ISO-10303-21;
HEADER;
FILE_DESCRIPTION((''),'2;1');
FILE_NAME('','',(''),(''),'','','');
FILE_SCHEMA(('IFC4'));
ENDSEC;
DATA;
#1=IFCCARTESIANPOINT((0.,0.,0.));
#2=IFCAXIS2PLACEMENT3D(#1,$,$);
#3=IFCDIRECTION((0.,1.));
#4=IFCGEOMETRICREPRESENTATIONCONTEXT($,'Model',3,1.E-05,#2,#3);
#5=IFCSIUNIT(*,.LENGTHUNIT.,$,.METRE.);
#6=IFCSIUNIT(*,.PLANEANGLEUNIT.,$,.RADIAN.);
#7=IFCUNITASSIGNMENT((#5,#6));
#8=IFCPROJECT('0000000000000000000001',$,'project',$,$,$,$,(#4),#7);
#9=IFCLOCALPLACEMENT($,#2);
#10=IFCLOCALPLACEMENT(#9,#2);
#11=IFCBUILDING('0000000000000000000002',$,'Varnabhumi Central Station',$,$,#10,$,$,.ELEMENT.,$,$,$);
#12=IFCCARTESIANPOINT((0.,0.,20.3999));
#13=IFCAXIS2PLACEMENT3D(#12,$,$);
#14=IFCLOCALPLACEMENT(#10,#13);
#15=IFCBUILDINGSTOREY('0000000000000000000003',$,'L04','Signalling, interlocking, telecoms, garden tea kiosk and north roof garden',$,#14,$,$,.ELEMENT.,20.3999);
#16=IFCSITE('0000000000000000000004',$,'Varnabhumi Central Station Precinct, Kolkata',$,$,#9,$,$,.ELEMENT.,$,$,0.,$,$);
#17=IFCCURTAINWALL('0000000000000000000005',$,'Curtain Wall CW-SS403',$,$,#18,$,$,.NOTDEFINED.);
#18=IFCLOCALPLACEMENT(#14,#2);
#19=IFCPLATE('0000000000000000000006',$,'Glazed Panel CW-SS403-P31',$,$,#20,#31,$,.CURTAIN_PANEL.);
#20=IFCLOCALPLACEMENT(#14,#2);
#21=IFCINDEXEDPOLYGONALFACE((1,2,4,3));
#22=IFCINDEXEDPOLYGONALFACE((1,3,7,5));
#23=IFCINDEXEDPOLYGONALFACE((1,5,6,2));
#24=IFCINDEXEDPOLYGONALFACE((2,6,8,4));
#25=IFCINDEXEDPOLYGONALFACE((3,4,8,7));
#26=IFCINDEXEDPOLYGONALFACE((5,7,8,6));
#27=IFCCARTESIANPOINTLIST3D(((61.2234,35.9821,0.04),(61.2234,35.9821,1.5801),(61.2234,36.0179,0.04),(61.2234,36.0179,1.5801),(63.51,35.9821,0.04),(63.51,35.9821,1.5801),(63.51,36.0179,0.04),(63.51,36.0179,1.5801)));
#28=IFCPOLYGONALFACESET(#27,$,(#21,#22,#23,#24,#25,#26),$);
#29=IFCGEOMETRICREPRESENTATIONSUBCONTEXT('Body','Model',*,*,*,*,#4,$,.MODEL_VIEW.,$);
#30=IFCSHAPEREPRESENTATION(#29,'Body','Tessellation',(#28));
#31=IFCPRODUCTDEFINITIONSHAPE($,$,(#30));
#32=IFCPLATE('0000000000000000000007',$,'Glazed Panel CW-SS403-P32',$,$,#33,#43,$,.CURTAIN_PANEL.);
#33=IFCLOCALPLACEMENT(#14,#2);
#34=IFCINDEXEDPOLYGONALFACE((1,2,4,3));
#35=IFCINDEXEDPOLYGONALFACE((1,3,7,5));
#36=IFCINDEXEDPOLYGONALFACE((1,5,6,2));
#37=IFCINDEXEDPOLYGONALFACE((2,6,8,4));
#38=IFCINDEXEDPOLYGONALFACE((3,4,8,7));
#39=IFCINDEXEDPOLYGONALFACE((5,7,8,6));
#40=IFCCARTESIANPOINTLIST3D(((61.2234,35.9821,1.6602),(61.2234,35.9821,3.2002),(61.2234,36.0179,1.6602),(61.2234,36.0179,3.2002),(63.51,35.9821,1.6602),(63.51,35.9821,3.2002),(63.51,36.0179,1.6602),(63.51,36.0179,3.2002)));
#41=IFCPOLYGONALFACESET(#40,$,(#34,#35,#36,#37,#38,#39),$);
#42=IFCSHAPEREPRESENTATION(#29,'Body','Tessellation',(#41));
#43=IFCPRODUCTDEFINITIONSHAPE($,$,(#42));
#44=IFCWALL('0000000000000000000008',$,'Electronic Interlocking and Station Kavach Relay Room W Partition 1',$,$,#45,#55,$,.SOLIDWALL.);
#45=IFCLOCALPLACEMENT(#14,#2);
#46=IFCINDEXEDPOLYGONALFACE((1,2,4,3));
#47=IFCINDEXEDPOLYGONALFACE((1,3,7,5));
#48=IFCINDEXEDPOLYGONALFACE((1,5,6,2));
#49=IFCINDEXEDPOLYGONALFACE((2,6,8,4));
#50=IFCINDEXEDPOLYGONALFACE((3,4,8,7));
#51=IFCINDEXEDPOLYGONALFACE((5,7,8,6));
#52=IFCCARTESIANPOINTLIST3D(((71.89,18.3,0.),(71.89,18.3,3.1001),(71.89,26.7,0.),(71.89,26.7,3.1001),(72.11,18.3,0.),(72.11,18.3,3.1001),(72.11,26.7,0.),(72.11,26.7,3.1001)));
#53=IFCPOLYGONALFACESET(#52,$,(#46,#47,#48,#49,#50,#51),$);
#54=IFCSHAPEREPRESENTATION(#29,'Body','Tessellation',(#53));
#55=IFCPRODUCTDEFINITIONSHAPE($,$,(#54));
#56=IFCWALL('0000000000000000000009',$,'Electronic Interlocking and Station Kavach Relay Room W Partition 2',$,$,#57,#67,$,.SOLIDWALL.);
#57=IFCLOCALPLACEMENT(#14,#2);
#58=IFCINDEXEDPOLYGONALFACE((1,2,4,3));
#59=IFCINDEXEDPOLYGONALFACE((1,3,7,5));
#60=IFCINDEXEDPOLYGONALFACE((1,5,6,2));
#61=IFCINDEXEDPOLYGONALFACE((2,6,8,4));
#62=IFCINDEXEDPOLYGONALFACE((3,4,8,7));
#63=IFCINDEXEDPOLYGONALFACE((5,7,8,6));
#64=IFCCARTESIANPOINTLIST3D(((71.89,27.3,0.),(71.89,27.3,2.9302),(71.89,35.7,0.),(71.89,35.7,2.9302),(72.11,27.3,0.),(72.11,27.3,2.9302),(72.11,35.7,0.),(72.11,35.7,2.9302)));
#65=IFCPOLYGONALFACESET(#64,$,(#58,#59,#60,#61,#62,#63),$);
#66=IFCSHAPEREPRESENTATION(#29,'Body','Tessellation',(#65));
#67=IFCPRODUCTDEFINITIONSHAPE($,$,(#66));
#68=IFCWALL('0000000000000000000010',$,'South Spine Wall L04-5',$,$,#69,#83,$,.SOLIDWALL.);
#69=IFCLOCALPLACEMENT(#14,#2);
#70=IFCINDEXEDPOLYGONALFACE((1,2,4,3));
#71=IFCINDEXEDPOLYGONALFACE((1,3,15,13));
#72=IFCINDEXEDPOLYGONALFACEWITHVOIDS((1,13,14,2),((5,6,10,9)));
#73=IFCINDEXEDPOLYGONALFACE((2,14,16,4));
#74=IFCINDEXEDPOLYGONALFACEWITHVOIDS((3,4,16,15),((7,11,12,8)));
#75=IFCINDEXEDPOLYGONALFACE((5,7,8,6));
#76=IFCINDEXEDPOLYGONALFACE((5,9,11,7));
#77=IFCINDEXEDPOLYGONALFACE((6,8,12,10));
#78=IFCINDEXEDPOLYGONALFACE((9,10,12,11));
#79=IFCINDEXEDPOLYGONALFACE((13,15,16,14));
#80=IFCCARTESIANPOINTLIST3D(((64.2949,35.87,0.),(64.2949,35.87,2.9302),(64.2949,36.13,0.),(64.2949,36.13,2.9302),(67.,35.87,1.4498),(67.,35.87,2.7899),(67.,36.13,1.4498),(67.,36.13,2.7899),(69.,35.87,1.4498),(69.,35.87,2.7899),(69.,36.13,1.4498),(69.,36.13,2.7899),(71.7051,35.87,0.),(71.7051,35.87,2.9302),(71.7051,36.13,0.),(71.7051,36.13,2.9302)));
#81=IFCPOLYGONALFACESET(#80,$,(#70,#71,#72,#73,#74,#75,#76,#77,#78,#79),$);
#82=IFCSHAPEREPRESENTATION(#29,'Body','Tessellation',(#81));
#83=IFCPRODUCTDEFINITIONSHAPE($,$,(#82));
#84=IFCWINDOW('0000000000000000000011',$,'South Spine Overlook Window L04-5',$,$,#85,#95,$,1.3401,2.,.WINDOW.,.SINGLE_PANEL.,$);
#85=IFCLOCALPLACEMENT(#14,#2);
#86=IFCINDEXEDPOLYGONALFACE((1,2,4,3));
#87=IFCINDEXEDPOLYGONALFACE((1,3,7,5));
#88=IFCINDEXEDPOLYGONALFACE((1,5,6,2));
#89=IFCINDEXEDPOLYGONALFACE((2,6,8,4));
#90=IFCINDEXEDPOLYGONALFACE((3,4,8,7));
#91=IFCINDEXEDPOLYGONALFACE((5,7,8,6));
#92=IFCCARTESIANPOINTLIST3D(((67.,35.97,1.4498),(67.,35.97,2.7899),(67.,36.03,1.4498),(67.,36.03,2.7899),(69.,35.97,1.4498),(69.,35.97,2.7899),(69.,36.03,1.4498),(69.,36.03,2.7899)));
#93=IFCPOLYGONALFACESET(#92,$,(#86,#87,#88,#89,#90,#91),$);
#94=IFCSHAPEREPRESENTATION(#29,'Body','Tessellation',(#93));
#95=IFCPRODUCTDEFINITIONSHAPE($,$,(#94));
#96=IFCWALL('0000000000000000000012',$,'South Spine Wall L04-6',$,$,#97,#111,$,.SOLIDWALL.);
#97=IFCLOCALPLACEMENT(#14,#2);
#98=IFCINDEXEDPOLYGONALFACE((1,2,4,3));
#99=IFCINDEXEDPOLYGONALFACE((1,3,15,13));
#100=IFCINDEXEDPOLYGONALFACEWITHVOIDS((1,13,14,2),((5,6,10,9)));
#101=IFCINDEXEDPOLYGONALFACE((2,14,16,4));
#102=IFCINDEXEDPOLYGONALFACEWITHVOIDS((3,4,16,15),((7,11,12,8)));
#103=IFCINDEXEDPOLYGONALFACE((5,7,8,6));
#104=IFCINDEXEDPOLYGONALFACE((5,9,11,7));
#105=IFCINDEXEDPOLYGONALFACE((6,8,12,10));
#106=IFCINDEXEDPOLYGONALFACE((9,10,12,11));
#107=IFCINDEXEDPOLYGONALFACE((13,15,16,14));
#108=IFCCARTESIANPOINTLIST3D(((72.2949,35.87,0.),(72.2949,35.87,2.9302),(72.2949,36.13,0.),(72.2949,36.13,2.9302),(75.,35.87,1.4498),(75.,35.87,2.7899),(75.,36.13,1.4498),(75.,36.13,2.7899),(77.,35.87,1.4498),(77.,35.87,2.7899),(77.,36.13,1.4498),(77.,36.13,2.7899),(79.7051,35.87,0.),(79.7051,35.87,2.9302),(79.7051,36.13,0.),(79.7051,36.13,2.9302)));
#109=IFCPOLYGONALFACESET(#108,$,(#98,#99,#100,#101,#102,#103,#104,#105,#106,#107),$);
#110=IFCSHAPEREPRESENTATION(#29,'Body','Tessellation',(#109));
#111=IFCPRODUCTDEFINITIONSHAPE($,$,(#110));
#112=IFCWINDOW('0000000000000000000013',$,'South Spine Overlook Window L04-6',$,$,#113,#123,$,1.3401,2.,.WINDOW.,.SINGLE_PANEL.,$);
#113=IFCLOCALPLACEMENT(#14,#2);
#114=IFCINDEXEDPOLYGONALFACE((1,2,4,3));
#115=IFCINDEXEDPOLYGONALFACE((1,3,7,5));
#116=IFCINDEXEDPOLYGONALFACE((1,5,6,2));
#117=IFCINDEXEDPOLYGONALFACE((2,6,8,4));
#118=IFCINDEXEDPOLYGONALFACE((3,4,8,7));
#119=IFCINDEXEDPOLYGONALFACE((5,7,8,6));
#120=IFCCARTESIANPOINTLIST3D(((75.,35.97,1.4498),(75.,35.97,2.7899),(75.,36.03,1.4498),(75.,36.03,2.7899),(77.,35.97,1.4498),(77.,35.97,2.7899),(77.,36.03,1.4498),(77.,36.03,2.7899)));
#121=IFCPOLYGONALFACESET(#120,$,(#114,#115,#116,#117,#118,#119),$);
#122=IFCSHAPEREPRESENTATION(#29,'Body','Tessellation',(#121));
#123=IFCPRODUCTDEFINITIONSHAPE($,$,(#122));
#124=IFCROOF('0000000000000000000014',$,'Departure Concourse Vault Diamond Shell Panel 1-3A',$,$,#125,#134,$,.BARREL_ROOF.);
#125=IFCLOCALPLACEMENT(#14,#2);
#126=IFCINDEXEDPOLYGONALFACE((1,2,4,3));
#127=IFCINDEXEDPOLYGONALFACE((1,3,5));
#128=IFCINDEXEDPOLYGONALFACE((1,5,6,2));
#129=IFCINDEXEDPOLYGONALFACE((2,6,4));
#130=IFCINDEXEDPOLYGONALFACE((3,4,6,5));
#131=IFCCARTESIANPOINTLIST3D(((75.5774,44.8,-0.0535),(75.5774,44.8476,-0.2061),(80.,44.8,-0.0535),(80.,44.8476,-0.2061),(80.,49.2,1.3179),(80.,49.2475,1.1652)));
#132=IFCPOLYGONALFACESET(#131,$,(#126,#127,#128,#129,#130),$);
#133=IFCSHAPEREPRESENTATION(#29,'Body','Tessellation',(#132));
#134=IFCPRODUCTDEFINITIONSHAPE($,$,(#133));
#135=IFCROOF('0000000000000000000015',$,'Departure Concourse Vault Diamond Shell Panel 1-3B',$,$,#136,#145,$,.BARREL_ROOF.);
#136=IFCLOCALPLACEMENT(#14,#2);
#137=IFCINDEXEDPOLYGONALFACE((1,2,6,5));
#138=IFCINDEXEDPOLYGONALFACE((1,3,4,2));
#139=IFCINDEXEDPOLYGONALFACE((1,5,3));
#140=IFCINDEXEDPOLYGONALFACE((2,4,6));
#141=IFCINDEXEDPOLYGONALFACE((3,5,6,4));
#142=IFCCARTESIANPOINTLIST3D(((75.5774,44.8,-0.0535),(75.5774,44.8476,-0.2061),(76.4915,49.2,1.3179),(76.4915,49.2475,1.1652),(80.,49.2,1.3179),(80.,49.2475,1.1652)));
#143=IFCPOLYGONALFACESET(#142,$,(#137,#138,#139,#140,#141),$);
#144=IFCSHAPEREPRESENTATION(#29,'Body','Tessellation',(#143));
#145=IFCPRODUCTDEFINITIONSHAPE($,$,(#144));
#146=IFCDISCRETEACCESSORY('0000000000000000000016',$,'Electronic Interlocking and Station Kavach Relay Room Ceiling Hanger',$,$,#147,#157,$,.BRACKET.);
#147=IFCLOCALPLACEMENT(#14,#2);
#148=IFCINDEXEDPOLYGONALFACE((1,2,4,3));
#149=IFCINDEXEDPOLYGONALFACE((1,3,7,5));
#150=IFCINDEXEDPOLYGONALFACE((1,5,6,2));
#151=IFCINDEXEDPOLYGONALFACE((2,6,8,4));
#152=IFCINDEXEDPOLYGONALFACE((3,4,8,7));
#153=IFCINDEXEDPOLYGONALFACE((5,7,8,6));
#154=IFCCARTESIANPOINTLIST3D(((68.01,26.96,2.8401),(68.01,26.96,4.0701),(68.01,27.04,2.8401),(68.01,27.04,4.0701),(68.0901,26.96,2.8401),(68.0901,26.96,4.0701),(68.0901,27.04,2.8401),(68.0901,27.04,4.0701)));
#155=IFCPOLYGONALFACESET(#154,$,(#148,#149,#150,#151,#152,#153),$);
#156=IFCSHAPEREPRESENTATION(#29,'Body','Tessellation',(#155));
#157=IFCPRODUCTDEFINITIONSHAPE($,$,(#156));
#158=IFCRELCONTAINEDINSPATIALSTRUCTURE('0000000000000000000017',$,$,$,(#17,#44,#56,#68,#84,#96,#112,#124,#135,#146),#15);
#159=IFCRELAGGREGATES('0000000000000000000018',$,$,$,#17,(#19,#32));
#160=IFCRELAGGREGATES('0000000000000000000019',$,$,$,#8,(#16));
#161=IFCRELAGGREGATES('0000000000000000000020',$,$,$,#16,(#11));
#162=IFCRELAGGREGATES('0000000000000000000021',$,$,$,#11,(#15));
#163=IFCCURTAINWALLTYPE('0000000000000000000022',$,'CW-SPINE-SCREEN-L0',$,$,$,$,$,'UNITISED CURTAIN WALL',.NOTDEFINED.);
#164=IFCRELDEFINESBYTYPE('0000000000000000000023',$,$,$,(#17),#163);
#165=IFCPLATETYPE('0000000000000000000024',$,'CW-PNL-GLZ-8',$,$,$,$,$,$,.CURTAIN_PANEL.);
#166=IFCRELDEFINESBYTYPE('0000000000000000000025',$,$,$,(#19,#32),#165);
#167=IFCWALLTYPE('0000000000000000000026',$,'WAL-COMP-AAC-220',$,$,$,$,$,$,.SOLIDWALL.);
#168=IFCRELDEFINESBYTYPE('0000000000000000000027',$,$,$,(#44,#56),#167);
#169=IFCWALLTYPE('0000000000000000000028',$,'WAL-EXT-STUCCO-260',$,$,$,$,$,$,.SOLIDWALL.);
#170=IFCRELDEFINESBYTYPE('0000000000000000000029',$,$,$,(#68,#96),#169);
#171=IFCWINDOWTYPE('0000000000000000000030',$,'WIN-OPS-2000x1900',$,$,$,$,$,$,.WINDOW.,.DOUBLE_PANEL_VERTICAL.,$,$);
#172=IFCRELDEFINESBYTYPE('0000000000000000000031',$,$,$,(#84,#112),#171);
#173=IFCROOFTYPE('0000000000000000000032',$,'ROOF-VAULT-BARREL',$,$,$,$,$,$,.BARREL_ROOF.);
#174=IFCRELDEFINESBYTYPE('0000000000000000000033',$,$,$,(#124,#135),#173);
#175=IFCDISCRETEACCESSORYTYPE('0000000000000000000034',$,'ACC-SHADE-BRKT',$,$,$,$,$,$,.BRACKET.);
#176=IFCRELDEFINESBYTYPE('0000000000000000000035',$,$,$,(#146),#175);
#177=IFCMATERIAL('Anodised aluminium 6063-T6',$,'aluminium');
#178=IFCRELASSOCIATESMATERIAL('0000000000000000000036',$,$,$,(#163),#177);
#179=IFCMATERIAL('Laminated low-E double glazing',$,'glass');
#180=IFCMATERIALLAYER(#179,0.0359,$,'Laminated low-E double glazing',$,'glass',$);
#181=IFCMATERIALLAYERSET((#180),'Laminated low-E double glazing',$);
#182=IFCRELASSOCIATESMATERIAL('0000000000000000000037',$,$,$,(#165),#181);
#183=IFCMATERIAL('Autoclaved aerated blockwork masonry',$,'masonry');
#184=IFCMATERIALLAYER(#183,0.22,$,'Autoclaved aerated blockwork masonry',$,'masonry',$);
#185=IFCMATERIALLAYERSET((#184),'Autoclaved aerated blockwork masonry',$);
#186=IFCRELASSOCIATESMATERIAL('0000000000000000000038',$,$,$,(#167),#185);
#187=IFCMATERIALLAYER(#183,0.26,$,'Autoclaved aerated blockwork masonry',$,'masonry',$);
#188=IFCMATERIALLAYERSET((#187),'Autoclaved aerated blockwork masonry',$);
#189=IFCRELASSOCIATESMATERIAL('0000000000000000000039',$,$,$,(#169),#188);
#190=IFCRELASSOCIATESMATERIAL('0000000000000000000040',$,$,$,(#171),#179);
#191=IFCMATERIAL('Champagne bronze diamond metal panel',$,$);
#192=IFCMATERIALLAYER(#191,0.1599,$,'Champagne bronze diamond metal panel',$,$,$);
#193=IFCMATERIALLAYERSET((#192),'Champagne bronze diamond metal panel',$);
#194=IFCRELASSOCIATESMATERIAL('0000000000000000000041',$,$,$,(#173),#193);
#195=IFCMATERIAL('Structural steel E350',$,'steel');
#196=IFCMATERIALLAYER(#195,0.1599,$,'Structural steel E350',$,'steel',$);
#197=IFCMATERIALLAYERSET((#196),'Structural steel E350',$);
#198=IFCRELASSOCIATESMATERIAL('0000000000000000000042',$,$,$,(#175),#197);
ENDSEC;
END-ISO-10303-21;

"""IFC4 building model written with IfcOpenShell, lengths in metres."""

from ifc_helpers import new_model, si_unit, direction, frame, frame_2d, origin, origin_2d, place, context, subcontext, project, spatial, polyline, rectangle, outline, extrude, material, layer, layer_set, type_object, element, fill, aggregate, save


model = new_model("IFC4")

# Units and contexts
model_context = context("Model", 3, precision=1e-05, world=origin(), true_north=direction((0.0, 1.0)))
body_context = subcontext(model_context, "Body", "Model", "MODEL_VIEW")
ifc_project = project(units=[si_unit("LENGTHUNIT", "METRE"), si_unit("PLANEANGLEUNIT", "RADIAN")], contexts=[model_context])

# Site, building, storey
site_placement = place(None, origin())
site = spatial("IfcSite", under=ifc_project, at=site_placement, Name="Varnabhumi Central Station Precinct, Kolkata", CompositionType="ELEMENT", RefElevation=0.0)
building_placement = place(site_placement, origin())
building = spatial("IfcBuilding", under=site, at=building_placement, Name="Varnabhumi Central Station", CompositionType="ELEMENT")
storey_placement = place(building_placement, frame((0.0, 0.0, 20.3999)))
storey = spatial("IfcBuildingStorey", under=building, at=storey_placement, Name="L04", Description="Signalling, interlocking, telecoms, garden tea kiosk and north roof garden", CompositionType="ELEMENT", Elevation=20.3999)

# Shared definitions
ifc_material_1 = material(Name="Structural steel E350", Category="steel")

# Curtain wall, plates
ifc_material_2 = material(Name="Anodised aluminium 6063-T6", Category="aluminium")
curtain_wall_type = type_object("IfcCurtainWallType", Name="CW-SPINE-SCREEN-L0", ElementType="UNITISED CURTAIN WALL", PredefinedType="NOTDEFINED", material=ifc_material_2)
curtain_wall_placement = place(storey_placement, origin())
curtain_wall = element("IfcCurtainWall", 1, at=curtain_wall_placement, inside=storey, type_object=curtain_wall_type, Name="Curtain Wall CW-SS403", PredefinedType="NOTDEFINED")
ifc_material_3 = material(Name="Laminated low-E double glazing", Category="glass")
ifc_layer_1 = layer(ifc_material_3, 0.0359, Name="Laminated low-E double glazing", Category="glass")
ifc_layer_set_1 = layer_set([ifc_layer_1], Name="Laminated low-E double glazing")
plate_type = type_object("IfcPlateType", Name="CW-PNL-GLZ-8", PredefinedType="CURTAIN_PANEL", material=ifc_layer_set_1)
plate_1_placement = place(storey_placement, frame((62.3667, 36.0, 0.04), z_axis=(0.0, 0.0, 1.0), x_axis=(1.0, 0.0, 0.0)))
plate_1 = element("IfcPlate", 2, at=plate_1_placement, type_object=plate_type, Name="Glazed Panel CW-SS403-P31", PredefinedType="CURTAIN_PANEL", context=body_context, shape_type="SweptSolid", body=[
    extrude(rectangle(XDim=2.2866, YDim=0.0359, at=origin_2d()), origin(), (0.0, 0.0, 1.0), 1.54),
])
plate_2_placement = place(storey_placement, frame((62.3667, 36.0, 1.6602), z_axis=(0.0, 0.0, 1.0), x_axis=(1.0, 0.0, 0.0)))
plate_2 = element("IfcPlate", 3, at=plate_2_placement, type_object=plate_type, Name="Glazed Panel CW-SS403-P32", PredefinedType="CURTAIN_PANEL", context=body_context, shape_type="SweptSolid", body=[
    extrude(rectangle(XDim=2.2866, YDim=0.0359, at=origin_2d()), origin(), (0.0, 0.0, 1.0), 1.54),
])
aggregate(curtain_wall, [plate_1, plate_2])

# Walls
ifc_material_4 = material(Name="Autoclaved aerated blockwork masonry", Category="masonry")
ifc_layer_2 = layer(ifc_material_4, 0.22, Name="Autoclaved aerated blockwork masonry", Category="masonry")
ifc_layer_set_2 = layer_set([ifc_layer_2], Name="Autoclaved aerated blockwork masonry")
wall_type_1 = type_object("IfcWallType", Name="WAL-COMP-AAC-220", PredefinedType="SOLIDWALL", material=ifc_layer_set_2)
wall_1_placement = place(storey_placement, frame((72.0, 18.3, 0.0), z_axis=(0.0, 0.0, 1.0), x_axis=(0.0, 1.0, 0.0)))
element("IfcWall", 4, at=wall_1_placement, inside=storey, type_object=wall_type_1, Name="Electronic Interlocking and Station Kavach Relay Room W Partition 1", PredefinedType="SOLIDWALL", context=body_context, shape_type="SweptSolid", body=[
    extrude(rectangle(XDim=8.3999, YDim=0.22, at=frame_2d((4.2, 0.0))), origin(), (0.0, 0.0, 1.0), 3.1001),
])
wall_2_placement = place(storey_placement, frame((72.0, 27.3, 0.0), z_axis=(0.0, 0.0, 1.0), x_axis=(0.0, 1.0, 0.0)))
element("IfcWall", 5, at=wall_2_placement, inside=storey, type_object=wall_type_1, Name="Electronic Interlocking and Station Kavach Relay Room W Partition 2", PredefinedType="SOLIDWALL", context=body_context, shape_type="SweptSolid", body=[
    extrude(rectangle(XDim=8.3999, YDim=0.22, at=frame_2d((4.2, 0.0))), origin(), (0.0, 0.0, 1.0), 2.9302),
])

# Walls, openings, windows
ifc_layer_3 = layer(ifc_material_4, 0.26, Name="Autoclaved aerated blockwork masonry", Category="masonry")
ifc_layer_set_3 = layer_set([ifc_layer_3], Name="Autoclaved aerated blockwork masonry")
wall_type_2 = type_object("IfcWallType", Name="WAL-EXT-STUCCO-260", PredefinedType="SOLIDWALL", material=ifc_layer_set_3)
wall_3_placement = place(storey_placement, frame((64.2949, 36.0, 0.0), z_axis=(0.0, 0.0, 1.0), x_axis=(1.0, 0.0, 0.0)))
wall_3 = element("IfcWall", 6, at=wall_3_placement, inside=storey, type_object=wall_type_2, Name="South Spine Wall L04-5", PredefinedType="SOLIDWALL", context=body_context, shape_type="SweptSolid", body=[
    extrude(rectangle(XDim=7.4102, YDim=0.26, at=frame_2d((3.7051, 0.0))), origin(), (0.0, 0.0, 1.0), 2.9302),
])
opening_1_placement = place(wall_3_placement, frame((2.7051, 0.0, 1.45)))
opening_1 = element("IfcOpeningElement", 7, at=opening_1_placement, cuts=wall_3, PredefinedType="OPENING", context=body_context, shape_type="SweptSolid", body=[
    extrude(rectangle(XDim=2.0, YDim=1.3401, at=frame_2d((1.0, 0.6699))), frame((0.0, 0.1399, 0.0), z_axis=(0.0, -1.0, 0.0), x_axis=(1.0, 0.0, 0.0)), (0.0, 0.0, 1.0), 0.28),
])
window_type = type_object("IfcWindowType", Name="WIN-OPS-2000x1900", PartitioningType="DOUBLE_PANEL_VERTICAL", PredefinedType="WINDOW", material=ifc_material_3)
window_1_placement = place(opening_1_placement, origin())
window_1 = element("IfcWindow", 8, at=window_1_placement, inside=storey, type_object=window_type, Name="South Spine Overlook Window L04-5", OverallHeight=1.3401, OverallWidth=2.0, PartitioningType="SINGLE_PANEL", PredefinedType="WINDOW", context=body_context, shape_type="SweptSolid", body=[
    extrude(rectangle(XDim=2.0, YDim=1.3401, at=frame_2d((1.0, 0.6699))), frame((0.0, 0.03, 0.0), z_axis=(0.0, -1.0, 0.0), x_axis=(1.0, 0.0, 0.0)), (0.0, 0.0, 1.0), 0.0601),
])
fill(opening_1, window_1)
wall_4_placement = place(storey_placement, frame((72.2949, 36.0, 0.0), z_axis=(0.0, 0.0, 1.0), x_axis=(1.0, 0.0, 0.0)))
wall_4 = element("IfcWall", 9, at=wall_4_placement, inside=storey, type_object=wall_type_2, Name="South Spine Wall L04-6", PredefinedType="SOLIDWALL", context=body_context, shape_type="SweptSolid", body=[
    extrude(rectangle(XDim=7.4102, YDim=0.26, at=frame_2d((3.7051, 0.0))), origin(), (0.0, 0.0, 1.0), 2.9302),
])
opening_2_placement = place(wall_4_placement, frame((2.7051, 0.0, 1.45)))
opening_2 = element("IfcOpeningElement", 10, at=opening_2_placement, cuts=wall_4, PredefinedType="OPENING", context=body_context, shape_type="SweptSolid", body=[
    extrude(rectangle(XDim=2.0, YDim=1.3401, at=frame_2d((1.0, 0.6699))), frame((0.0, 0.1399, 0.0), z_axis=(0.0, -1.0, 0.0), x_axis=(1.0, 0.0, 0.0)), (0.0, 0.0, 1.0), 0.28),
])
window_2_placement = place(opening_2_placement, origin())
window_2 = element("IfcWindow", 11, at=window_2_placement, inside=storey, type_object=window_type, Name="South Spine Overlook Window L04-6", OverallHeight=1.3401, OverallWidth=2.0, PartitioningType="SINGLE_PANEL", PredefinedType="WINDOW", context=body_context, shape_type="SweptSolid", body=[
    extrude(rectangle(XDim=2.0, YDim=1.3401, at=frame_2d((1.0, 0.6699))), frame((0.0, 0.03, 0.0), z_axis=(0.0, -1.0, 0.0), x_axis=(1.0, 0.0, 0.0)), (0.0, 0.0, 1.0), 0.0601),
])
fill(opening_2, window_2)

# Roofs
ifc_material_5 = material(Name="Champagne bronze diamond metal panel")
ifc_layer_4 = layer(ifc_material_5, 0.1599, Name="Champagne bronze diamond metal panel")
ifc_layer_set_4 = layer_set([ifc_layer_4], Name="Champagne bronze diamond metal panel")
roof_type = type_object("IfcRoofType", Name="ROOF-VAULT-BARREL", PredefinedType="BARREL_ROOF", material=ifc_layer_set_4)
roof_1_placement = place(storey_placement, frame((75.5774, 44.8, -0.0535), z_axis=(0.0, -0.297557, 0.954704), x_axis=(1.0, 0.0, 0.0)))
element("IfcRoof", 12, at=roof_1_placement, inside=storey, type_object=roof_type, Name="Departure Concourse Vault Diamond Shell Panel 1-3A", PredefinedType="BARREL_ROOF", context=body_context, shape_type="SweptSolid", body=[
    extrude(outline(polyline([(0.0, 0.0), (4.4226, 0.0), (4.4226, 4.6087), (0.0, 0.0)])), origin(), (0.0, 0.0, -1.0), 0.1599),
])
roof_2_placement = place(storey_placement, frame((75.5774, 44.8, -0.0535), z_axis=(0.0, -0.297557, 0.954704), x_axis=(0.692393, 0.688838, 0.214693)))
element("IfcRoof", 13, at=roof_2_placement, inside=storey, type_object=roof_type, Name="Departure Concourse Vault Diamond Shell Panel 1-3B", PredefinedType="BARREL_ROOF", context=body_context, shape_type="SweptSolid", body=[
    extrude(outline(polyline([(0.0, 0.0), (6.3874, 0.0), (3.9581, 2.5315), (0.0, 0.0)])), origin(), (0.0, 0.0, -1.0), 0.1599),
])

# Discrete accessory
ifc_layer_5 = layer(ifc_material_1, 0.1599, Name="Structural steel E350", Category="steel")
ifc_layer_set_5 = layer_set([ifc_layer_5], Name="Structural steel E350")
discrete_accessory_type = type_object("IfcDiscreteAccessoryType", Name="ACC-SHADE-BRKT", PredefinedType="BRACKET", material=ifc_layer_set_5)
discrete_accessory_placement = place(storey_placement, frame((68.05, 27.0, 2.8401), z_axis=(0.0, 0.0, 1.0), x_axis=(1.0, 0.0, 0.0)))
element("IfcDiscreteAccessory", 14, at=discrete_accessory_placement, inside=storey, type_object=discrete_accessory_type, Name="Electronic Interlocking and Station Kavach Relay Room Ceiling Hanger", PredefinedType="BRACKET", context=body_context, shape_type="SweptSolid", body=[
    extrude(rectangle(XDim=0.0801, YDim=0.0801, at=origin_2d()), origin(), (0.0, 0.0, 1.0), 1.23),
])

save(model, "model.ifc")
